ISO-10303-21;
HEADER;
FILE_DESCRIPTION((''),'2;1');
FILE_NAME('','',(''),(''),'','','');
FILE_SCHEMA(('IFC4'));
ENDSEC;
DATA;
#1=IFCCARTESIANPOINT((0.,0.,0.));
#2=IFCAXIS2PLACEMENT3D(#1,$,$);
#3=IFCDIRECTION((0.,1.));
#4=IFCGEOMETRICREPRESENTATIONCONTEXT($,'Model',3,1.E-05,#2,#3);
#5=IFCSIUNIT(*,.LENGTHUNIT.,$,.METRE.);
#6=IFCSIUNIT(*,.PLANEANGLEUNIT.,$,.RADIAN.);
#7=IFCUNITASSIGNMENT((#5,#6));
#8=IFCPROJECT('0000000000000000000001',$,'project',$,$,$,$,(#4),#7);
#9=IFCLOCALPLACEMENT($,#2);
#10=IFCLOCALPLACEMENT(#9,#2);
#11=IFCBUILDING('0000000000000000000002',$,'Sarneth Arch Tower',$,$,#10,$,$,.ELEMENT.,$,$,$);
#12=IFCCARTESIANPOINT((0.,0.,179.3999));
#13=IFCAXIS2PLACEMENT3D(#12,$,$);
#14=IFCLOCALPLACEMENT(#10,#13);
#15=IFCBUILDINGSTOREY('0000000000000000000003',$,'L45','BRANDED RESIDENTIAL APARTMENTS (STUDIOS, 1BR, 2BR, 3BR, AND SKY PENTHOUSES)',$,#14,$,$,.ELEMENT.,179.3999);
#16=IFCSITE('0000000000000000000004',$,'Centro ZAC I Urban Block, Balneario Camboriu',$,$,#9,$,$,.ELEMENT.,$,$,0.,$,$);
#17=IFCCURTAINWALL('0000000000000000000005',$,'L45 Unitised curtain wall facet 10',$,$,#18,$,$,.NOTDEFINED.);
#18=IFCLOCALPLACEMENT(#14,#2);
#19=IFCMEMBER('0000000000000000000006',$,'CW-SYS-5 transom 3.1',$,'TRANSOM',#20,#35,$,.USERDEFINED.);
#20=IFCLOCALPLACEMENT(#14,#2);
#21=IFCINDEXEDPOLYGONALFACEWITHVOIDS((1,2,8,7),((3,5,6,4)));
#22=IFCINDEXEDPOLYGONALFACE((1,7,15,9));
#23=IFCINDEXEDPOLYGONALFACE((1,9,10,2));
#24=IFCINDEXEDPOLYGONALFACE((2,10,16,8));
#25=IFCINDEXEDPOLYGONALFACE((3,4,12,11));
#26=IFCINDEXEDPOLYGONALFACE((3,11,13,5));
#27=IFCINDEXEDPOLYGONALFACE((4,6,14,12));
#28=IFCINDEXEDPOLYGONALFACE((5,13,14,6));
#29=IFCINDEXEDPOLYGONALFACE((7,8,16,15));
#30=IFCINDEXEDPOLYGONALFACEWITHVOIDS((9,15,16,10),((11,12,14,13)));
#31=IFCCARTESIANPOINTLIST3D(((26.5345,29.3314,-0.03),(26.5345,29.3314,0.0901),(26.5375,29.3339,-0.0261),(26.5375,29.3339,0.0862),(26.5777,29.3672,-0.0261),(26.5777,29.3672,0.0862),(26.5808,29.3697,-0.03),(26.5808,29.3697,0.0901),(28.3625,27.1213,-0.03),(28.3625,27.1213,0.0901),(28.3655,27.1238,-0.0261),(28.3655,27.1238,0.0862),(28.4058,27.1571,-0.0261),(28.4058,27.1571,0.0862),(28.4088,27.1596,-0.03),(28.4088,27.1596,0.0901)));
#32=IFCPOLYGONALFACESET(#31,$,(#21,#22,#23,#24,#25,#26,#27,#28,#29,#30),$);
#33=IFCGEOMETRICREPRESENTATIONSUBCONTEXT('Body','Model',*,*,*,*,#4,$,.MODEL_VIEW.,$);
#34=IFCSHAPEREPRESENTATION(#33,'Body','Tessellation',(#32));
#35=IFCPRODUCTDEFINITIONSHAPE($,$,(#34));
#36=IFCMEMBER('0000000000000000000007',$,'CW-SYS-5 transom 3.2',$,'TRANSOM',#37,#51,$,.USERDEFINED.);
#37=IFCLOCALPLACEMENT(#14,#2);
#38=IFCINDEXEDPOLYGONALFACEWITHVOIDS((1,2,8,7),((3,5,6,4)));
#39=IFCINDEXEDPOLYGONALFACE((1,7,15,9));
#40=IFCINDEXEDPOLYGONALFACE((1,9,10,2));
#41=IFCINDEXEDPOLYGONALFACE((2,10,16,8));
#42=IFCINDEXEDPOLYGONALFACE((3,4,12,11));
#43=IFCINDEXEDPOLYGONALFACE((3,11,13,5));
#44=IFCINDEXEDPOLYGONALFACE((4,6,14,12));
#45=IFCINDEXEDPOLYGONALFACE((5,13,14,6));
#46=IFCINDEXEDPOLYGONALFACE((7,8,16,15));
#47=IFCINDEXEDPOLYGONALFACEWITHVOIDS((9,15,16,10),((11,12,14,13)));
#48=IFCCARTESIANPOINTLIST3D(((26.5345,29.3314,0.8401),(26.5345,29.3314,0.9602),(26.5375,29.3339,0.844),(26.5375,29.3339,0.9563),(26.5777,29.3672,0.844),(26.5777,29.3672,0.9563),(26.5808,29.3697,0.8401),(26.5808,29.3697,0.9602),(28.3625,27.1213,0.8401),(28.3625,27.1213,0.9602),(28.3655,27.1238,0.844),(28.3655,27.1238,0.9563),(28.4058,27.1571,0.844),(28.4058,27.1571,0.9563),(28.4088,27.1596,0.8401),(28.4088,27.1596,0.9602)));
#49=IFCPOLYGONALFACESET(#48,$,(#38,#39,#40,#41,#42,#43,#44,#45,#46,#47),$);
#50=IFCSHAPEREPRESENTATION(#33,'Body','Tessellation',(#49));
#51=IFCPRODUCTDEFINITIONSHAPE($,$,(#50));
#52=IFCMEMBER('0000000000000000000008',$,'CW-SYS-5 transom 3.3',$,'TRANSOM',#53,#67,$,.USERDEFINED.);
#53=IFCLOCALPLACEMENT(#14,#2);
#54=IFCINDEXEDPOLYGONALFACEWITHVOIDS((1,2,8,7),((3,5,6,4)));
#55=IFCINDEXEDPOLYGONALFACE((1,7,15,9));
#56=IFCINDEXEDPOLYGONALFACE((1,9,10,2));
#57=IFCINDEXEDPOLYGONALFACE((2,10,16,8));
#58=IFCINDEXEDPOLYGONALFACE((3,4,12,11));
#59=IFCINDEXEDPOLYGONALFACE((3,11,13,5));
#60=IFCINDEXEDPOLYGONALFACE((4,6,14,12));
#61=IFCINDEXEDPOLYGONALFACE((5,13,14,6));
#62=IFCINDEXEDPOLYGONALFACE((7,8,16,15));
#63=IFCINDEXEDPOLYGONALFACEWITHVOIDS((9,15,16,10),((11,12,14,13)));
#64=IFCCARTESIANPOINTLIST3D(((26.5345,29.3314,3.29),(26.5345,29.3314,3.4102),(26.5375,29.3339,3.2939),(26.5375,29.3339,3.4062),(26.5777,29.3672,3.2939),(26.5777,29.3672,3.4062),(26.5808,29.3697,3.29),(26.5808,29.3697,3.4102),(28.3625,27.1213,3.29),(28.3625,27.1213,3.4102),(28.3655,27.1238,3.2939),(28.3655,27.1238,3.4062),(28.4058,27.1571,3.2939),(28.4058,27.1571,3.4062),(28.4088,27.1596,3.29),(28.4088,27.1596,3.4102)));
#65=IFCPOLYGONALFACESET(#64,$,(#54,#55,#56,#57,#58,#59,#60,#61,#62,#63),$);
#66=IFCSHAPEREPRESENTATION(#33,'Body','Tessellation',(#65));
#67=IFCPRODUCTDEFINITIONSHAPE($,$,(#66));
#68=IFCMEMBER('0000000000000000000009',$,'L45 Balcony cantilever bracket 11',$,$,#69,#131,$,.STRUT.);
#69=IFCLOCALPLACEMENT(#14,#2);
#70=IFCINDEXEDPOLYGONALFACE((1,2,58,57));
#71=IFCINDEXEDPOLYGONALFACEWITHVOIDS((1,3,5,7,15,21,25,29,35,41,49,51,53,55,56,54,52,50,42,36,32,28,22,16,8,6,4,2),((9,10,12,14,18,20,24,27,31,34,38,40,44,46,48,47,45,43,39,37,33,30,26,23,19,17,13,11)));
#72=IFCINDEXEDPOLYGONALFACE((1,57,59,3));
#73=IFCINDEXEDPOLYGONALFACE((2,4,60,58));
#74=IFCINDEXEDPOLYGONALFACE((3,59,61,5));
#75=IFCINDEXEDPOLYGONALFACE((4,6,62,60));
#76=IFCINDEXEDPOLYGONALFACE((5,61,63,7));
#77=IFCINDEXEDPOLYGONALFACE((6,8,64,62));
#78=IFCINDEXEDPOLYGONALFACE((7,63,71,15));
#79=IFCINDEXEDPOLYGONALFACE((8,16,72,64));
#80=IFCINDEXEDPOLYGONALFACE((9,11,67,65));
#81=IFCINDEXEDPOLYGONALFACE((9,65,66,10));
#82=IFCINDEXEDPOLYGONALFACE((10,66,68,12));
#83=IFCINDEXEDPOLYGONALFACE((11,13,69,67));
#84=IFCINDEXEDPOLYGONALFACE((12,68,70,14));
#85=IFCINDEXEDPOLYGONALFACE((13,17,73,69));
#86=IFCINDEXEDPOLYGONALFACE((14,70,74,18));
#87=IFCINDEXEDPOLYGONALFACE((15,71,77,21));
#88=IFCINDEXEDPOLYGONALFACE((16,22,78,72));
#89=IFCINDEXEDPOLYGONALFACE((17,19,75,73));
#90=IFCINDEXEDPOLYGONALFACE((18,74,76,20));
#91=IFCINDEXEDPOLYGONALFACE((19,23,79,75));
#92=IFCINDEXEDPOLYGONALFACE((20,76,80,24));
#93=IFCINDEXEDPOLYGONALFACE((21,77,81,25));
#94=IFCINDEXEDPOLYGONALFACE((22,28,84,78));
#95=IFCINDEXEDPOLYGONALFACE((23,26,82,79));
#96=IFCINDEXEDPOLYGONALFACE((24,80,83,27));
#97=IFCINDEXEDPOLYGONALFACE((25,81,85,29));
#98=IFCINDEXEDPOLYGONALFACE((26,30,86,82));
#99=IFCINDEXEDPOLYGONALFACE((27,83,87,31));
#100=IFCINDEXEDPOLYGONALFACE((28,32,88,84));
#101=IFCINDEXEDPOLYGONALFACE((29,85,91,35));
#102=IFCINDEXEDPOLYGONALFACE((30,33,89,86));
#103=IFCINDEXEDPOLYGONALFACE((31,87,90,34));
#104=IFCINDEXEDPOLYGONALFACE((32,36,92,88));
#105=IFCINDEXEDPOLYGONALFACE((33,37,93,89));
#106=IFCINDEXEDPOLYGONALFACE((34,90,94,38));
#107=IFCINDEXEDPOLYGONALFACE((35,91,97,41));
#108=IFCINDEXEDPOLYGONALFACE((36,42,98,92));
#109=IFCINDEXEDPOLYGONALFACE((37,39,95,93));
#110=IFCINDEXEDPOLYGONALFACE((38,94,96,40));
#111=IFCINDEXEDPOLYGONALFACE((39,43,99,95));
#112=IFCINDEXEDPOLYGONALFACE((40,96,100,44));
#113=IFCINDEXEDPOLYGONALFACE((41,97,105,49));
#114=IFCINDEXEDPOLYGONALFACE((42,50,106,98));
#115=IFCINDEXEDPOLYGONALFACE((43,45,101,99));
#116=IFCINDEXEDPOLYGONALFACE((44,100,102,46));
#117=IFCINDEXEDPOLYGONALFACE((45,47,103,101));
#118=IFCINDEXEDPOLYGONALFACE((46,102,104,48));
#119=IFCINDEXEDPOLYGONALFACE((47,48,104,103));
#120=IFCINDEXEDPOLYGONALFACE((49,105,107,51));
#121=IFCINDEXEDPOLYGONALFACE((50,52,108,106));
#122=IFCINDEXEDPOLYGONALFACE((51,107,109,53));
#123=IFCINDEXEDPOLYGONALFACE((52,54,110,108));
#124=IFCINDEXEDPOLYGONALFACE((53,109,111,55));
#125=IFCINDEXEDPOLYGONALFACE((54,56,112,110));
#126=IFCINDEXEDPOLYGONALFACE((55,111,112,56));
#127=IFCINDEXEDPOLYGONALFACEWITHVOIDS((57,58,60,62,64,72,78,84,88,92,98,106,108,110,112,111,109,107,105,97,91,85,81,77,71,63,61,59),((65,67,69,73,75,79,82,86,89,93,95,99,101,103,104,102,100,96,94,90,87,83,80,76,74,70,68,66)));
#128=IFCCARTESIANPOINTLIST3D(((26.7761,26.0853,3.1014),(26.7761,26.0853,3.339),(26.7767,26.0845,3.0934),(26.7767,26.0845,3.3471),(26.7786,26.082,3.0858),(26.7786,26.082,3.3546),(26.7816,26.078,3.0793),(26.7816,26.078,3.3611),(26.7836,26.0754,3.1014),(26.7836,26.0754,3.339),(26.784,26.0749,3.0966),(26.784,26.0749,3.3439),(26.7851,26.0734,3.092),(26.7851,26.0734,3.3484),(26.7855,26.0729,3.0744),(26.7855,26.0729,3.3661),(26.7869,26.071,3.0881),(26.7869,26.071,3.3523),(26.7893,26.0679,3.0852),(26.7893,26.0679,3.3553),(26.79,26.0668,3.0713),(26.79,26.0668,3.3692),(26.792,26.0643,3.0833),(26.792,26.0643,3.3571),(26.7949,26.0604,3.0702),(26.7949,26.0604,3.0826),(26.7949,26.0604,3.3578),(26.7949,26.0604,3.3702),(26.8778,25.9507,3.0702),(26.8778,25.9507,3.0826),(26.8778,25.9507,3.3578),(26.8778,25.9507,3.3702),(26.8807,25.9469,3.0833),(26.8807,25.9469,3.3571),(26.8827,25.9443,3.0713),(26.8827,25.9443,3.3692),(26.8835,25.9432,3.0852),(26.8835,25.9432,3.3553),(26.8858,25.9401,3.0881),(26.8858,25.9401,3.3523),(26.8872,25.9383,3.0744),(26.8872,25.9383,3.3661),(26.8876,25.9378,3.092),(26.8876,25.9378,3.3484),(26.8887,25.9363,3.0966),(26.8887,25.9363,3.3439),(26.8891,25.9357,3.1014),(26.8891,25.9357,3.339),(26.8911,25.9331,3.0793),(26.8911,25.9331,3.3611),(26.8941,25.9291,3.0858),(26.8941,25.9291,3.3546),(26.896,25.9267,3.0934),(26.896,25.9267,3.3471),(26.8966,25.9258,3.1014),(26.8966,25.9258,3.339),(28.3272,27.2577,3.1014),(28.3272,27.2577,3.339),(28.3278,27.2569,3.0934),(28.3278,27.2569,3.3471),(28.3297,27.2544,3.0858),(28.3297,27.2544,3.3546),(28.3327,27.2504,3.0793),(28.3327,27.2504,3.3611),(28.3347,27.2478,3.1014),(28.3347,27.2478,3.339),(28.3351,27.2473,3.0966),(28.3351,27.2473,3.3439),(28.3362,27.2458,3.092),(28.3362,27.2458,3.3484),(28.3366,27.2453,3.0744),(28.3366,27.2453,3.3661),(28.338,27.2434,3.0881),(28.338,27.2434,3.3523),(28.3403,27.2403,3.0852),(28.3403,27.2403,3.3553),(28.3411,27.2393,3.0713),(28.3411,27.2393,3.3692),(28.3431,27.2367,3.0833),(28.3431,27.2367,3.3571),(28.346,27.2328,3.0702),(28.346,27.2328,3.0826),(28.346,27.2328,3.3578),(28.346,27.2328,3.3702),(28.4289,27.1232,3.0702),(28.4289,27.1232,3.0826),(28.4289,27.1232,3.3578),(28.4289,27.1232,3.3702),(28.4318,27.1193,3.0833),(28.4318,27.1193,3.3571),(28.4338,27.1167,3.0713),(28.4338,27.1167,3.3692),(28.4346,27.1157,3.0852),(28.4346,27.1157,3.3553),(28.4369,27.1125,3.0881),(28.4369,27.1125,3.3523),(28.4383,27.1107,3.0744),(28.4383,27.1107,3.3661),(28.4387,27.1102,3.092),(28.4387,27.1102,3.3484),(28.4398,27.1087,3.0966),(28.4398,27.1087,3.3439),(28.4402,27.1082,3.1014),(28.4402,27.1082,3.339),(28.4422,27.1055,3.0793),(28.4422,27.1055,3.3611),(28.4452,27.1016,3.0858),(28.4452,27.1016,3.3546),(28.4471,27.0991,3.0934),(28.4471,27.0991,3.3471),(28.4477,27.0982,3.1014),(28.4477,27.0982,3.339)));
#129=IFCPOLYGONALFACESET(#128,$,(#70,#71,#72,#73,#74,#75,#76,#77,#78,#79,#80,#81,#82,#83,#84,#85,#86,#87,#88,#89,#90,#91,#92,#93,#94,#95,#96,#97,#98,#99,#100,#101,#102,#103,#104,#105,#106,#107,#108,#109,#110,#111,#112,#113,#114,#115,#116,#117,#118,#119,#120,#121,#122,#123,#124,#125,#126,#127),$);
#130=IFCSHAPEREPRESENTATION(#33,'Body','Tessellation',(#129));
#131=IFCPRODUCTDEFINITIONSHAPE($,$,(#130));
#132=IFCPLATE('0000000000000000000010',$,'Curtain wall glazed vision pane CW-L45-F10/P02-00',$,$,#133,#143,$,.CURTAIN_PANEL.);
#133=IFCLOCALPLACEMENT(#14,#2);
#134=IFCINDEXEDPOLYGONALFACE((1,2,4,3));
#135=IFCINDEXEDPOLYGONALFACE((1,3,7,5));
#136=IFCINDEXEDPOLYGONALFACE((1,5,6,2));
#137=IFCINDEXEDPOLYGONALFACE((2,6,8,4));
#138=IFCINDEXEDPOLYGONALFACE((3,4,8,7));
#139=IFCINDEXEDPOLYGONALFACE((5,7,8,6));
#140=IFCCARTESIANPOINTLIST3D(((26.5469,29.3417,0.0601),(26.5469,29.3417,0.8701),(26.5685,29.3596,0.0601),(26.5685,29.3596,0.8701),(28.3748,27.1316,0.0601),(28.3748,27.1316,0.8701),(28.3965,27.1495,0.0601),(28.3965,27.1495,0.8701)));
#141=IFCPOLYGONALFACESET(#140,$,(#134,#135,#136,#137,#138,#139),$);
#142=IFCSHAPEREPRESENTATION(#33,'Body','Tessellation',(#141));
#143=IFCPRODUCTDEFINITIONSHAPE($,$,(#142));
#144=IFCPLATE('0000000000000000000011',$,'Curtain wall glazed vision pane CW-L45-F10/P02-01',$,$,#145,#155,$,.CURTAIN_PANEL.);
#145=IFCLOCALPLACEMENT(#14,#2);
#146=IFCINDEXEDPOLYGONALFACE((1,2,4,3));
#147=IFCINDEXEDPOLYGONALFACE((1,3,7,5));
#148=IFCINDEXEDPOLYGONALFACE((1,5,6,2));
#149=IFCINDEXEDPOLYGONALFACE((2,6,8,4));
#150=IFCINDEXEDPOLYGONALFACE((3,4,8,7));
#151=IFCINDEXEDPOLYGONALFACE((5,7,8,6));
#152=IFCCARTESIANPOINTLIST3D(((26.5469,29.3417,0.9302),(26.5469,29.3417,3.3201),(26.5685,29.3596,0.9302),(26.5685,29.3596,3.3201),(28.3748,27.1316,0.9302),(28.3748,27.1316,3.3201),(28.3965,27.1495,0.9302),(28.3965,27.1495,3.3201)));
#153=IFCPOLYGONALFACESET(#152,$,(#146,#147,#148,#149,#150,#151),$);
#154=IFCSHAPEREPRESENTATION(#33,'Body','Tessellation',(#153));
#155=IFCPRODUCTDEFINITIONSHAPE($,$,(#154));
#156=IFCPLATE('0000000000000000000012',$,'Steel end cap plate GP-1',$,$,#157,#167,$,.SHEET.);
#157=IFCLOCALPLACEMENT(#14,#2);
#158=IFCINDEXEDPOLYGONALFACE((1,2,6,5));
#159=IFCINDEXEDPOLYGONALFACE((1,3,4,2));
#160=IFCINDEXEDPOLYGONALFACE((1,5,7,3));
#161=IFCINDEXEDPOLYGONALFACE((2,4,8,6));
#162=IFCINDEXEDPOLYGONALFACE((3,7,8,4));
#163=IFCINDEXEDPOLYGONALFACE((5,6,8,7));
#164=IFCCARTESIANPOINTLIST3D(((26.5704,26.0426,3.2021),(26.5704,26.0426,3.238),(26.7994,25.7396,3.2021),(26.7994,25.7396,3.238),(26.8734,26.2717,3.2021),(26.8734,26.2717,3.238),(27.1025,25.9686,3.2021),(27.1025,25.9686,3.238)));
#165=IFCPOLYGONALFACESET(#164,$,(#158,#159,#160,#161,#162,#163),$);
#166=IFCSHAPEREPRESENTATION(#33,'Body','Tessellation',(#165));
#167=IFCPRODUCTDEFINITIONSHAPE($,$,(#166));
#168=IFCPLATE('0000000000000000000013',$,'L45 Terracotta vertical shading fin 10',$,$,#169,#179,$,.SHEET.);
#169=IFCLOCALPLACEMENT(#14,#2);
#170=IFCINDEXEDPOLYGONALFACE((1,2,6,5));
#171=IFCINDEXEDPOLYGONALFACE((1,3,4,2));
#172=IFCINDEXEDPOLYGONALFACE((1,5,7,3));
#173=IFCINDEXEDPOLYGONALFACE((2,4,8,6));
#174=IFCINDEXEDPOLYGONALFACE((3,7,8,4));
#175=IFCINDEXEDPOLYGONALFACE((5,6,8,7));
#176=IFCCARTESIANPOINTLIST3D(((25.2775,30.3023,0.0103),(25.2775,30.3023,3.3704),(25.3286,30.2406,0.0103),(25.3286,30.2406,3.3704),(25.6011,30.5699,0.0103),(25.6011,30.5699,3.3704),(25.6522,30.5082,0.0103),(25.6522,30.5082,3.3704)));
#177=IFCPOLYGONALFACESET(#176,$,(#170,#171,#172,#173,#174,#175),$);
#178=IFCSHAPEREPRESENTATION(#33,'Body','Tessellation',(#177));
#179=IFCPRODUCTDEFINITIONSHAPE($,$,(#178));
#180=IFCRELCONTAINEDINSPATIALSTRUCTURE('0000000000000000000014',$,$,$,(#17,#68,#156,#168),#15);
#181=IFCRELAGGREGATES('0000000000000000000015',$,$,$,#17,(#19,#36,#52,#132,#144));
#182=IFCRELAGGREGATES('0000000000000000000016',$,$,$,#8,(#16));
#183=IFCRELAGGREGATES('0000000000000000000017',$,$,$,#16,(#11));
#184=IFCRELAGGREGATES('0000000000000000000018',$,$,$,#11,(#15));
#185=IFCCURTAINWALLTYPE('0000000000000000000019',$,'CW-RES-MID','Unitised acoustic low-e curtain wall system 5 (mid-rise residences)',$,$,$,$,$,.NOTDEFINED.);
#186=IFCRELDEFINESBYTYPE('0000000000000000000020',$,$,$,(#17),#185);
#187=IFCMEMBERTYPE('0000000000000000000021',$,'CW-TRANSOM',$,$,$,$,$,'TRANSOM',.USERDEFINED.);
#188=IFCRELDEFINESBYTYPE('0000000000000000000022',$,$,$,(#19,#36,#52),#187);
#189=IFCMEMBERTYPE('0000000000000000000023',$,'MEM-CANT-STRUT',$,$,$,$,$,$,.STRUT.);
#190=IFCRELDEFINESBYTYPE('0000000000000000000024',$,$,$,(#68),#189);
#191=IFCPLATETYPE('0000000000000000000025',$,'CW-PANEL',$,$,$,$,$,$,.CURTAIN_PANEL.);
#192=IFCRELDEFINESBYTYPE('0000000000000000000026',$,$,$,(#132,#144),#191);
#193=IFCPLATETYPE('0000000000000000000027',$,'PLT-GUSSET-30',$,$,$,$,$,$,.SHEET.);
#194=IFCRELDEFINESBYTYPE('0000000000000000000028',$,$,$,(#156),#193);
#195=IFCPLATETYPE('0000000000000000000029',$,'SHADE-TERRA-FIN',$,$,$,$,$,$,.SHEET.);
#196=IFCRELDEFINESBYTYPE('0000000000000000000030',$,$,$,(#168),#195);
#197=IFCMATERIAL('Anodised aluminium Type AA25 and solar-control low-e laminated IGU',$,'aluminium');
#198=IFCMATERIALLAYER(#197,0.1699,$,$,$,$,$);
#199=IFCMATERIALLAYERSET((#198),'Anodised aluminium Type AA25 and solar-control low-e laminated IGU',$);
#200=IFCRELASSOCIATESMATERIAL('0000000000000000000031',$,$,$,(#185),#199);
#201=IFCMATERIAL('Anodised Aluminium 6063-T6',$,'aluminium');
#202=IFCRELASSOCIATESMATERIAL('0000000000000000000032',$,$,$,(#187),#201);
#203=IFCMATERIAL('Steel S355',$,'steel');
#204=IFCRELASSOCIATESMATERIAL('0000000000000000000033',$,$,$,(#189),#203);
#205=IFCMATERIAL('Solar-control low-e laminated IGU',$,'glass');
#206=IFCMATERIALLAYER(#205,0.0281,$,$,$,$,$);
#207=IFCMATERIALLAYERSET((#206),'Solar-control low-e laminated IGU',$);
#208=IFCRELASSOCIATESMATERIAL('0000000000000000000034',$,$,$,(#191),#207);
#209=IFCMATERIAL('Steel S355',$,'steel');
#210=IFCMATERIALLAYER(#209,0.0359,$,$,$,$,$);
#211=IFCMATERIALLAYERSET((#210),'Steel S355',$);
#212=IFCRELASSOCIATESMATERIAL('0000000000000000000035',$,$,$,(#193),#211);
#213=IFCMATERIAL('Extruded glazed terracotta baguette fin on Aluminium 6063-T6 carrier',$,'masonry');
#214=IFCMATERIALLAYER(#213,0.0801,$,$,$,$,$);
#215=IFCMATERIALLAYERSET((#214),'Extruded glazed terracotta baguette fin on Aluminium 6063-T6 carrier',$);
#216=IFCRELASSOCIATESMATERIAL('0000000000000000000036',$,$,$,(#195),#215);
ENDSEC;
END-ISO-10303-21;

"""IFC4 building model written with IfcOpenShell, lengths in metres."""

from ifc_helpers import new_model, si_unit, direction, frame, origin, origin_2d, place, context, subcontext, project, spatial, rectangle, hollow_rectangle, extrude, material, layer, layer_set, material_profile, profile_set, type_object, element, aggregate, save


model = new_model("IFC4")

# Units and contexts
model_context = context("Model", 3, precision=1e-05, world=origin(), true_north=direction((0.0, 1.0)))
body_context = subcontext(model_context, "Body", "Model", "MODEL_VIEW")
ifc_project = project(units=[si_unit("LENGTHUNIT", "METRE"), si_unit("PLANEANGLEUNIT", "RADIAN")], contexts=[model_context])

# Site, building, storey
site_placement = place(None, origin())
site = spatial("IfcSite", under=ifc_project, at=site_placement, Name="Centro ZAC I Urban Block, Balneario Camboriu", CompositionType="ELEMENT", RefElevation=0.0)
building_placement = place(site_placement, origin())
building = spatial("IfcBuilding", under=site, at=building_placement, Name="Sarneth Arch Tower", CompositionType="ELEMENT")
storey_placement = place(building_placement, frame((0.0, 0.0, 179.3999)))
storey = spatial("IfcBuildingStorey", under=building, at=storey_placement, Name="L45", Description="BRANDED RESIDENTIAL APARTMENTS (STUDIOS, 1BR, 2BR, 3BR, AND SKY PENTHOUSES)", CompositionType="ELEMENT", Elevation=179.3999)

# Curtain wall, members
ifc_material_1 = material(Name="Anodised aluminium Type AA25 and solar-control low-e laminated IGU", Category="aluminium")
ifc_layer_1 = layer(ifc_material_1, 0.1699)
ifc_layer_set_1 = layer_set([ifc_layer_1], Name="Anodised aluminium Type AA25 and solar-control low-e laminated IGU")
curtain_wall_type = type_object("IfcCurtainWallType", Name="CW-RES-MID", Description="Unitised acoustic low-e curtain wall system 5 (mid-rise residences)", PredefinedType="NOTDEFINED", material=ifc_layer_set_1)
curtain_wall_placement = place(storey_placement, origin())
curtain_wall = element("IfcCurtainWall", 1, at=curtain_wall_placement, inside=storey, type_object=curtain_wall_type, Name="L45 Unitised curtain wall facet 10", PredefinedType="NOTDEFINED")
ifc_material_2 = material(Name="Anodised Aluminium 6063-T6", Category="aluminium")
ifc_material_profile_1 = material_profile(ifc_material_2, hollow_rectangle(XDim=0.0601, YDim=0.1201, WallThickness=0.0039, at=origin_2d()), Name="AL-TRAN-120x60x4")
ifc_profile_set_1 = profile_set([ifc_material_profile_1], Name="Anodised Aluminium 6063-T6")
member_type_1 = type_object("IfcMemberType", Name="CW-TRANSOM", ElementType="TRANSOM", PredefinedType="USERDEFINED", material=ifc_profile_set_1)
member_1_placement = place(storey_placement, frame((26.5576, 29.3506, 0.03), z_axis=(0.637359, -0.770567, 0.0), x_axis=(0.770567, 0.637359, 0.0)))
member_1 = element("IfcMember", 2, at=member_1_placement, type_object=member_type_1, Name="CW-SYS-5 transom 3.1", ObjectType="TRANSOM", PredefinedType="USERDEFINED", context=body_context, shape_type="SweptSolid", body=[
    extrude(hollow_rectangle(XDim=0.0601, YDim=0.1201, WallThickness=0.0039, at=origin_2d()), origin(), (0.0, 0.0, 1.0), 2.8682),
])
member_2_placement = place(storey_placement, frame((26.5576, 29.3506, 0.9001), z_axis=(0.637359, -0.770567, 0.0), x_axis=(0.770567, 0.637359, 0.0)))
member_2 = element("IfcMember", 3, at=member_2_placement, type_object=member_type_1, Name="CW-SYS-5 transom 3.2", ObjectType="TRANSOM", PredefinedType="USERDEFINED", context=body_context, shape_type="SweptSolid", body=[
    extrude(hollow_rectangle(XDim=0.0601, YDim=0.1201, WallThickness=0.0039, at=origin_2d()), origin(), (0.0, 0.0, 1.0), 2.8682),
])
member_3_placement = place(storey_placement, frame((26.5576, 29.3506, 3.3501), z_axis=(0.637359, -0.770567, 0.0), x_axis=(0.770567, 0.637359, 0.0)))
member_3 = element("IfcMember", 4, at=member_3_placement, type_object=member_type_1, Name="CW-SYS-5 transom 3.3", ObjectType="TRANSOM", PredefinedType="USERDEFINED", context=body_context, shape_type="SweptSolid", body=[
    extrude(hollow_rectangle(XDim=0.0601, YDim=0.1201, WallThickness=0.0039, at=origin_2d()), origin(), (0.0, 0.0, 1.0), 2.8682),
])

# Member
ifc_material_3 = material(Name="Steel S355", Category="steel")
ifc_material_profile_2 = material_profile(ifc_material_3, hollow_rectangle(XDim=0.2, YDim=0.3, WallThickness=0.0125, InnerFilletRadius=0.0188, OuterFilletRadius=0.0312, at=origin_2d()), Name="RHS300x200x12.5")
ifc_profile_set_2 = profile_set([ifc_material_profile_2], Name="Steel S355")
member_type_2 = type_object("IfcMemberType", Name="MEM-CANT-STRUT", PredefinedType="STRUT", material=ifc_profile_set_2)
member_4_placement = place(storey_placement, frame((28.3875, 27.178, 3.2202), z_axis=(-0.797749, -0.602989, 0.0), x_axis=(0.602989, -0.797749, 0.0)))
element("IfcMember", 5, at=member_4_placement, inside=storey, type_object=member_type_2, Name="L45 Balcony cantilever bracket 11", PredefinedType="STRUT", context=body_context, shape_type="SweptSolid", body=[
    extrude(hollow_rectangle(XDim=0.2, YDim=0.3, WallThickness=0.0125, InnerFilletRadius=0.0188, OuterFilletRadius=0.0312, at=origin_2d()), origin(), (0.0, 0.0, 1.0), 1.9443),
])

# Plates
ifc_material_4 = material(Name="Solar-control low-e laminated IGU", Category="glass")
ifc_layer_2 = layer(ifc_material_4, 0.0281)
ifc_layer_set_2 = layer_set([ifc_layer_2], Name="Solar-control low-e laminated IGU")
plate_type_1 = type_object("IfcPlateType", Name="CW-PANEL", PredefinedType="CURTAIN_PANEL", material=ifc_layer_set_2)
plate_1_placement = place(storey_placement, frame((27.4717, 28.2456, 0.0601), z_axis=(0.0, 0.0, 1.0), x_axis=(0.63733, -0.770591, 0.0)))
plate_1 = element("IfcPlate", 6, at=plate_1_placement, type_object=plate_type_1, Name="Curtain wall glazed vision pane CW-L45-F10/P02-00", PredefinedType="CURTAIN_PANEL", context=body_context, shape_type="SweptSolid", body=[
    extrude(rectangle(XDim=2.8682, YDim=0.0281, at=origin_2d()), origin(), (0.0, 0.0, 1.0), 0.8101),
])
plate_2_placement = place(storey_placement, frame((27.4717, 28.2456, 0.9302), z_axis=(0.0, 0.0, 1.0), x_axis=(0.63733, -0.770591, 0.0)))
plate_2 = element("IfcPlate", 7, at=plate_2_placement, type_object=plate_type_1, Name="Curtain wall glazed vision pane CW-L45-F10/P02-01", PredefinedType="CURTAIN_PANEL", context=body_context, shape_type="SweptSolid", body=[
    extrude(rectangle(XDim=2.8682, YDim=0.0281, at=origin_2d()), origin(), (0.0, 0.0, 1.0), 2.3899),
])
aggregate(curtain_wall, [member_1, member_2, member_3, plate_1, plate_2])

# Plates
ifc_material_5 = material(Name="Steel S355", Category="steel")
ifc_layer_3 = layer(ifc_material_5, 0.0359)
ifc_layer_set_3 = layer_set([ifc_layer_3], Name="Steel S355")
plate_type_2 = type_object("IfcPlateType", Name="PLT-GUSSET-30", PredefinedType="SHEET", material=ifc_layer_set_3)
plate_3_placement = place(storey_placement, frame((26.8364, 26.0056, 3.2021), z_axis=(0.0, 0.0, 1.0), x_axis=(-0.797794, -0.60293, 0.0)))
element("IfcPlate", 8, at=plate_3_placement, inside=storey, type_object=plate_type_2, Name="Steel end cap plate GP-1", PredefinedType="SHEET", context=body_context, shape_type="SweptSolid", body=[
    extrude(rectangle(XDim=0.3799, YDim=0.3799, at=origin_2d()), origin(), (0.0, 0.0, 1.0), 0.0359),
])
ifc_material_6 = material(Name="Extruded glazed terracotta baguette fin on Aluminium 6063-T6 carrier", Category="masonry")
ifc_layer_4 = layer(ifc_material_6, 0.0801)
ifc_layer_set_4 = layer_set([ifc_layer_4], Name="Extruded glazed terracotta baguette fin on Aluminium 6063-T6 carrier")
plate_type_3 = type_object("IfcPlateType", Name="SHADE-TERRA-FIN", PredefinedType="SHEET", material=ifc_layer_set_4)
plate_4_placement = place(storey_placement, frame((25.4648, 30.4053, 0.0103), z_axis=(0.0, 0.0, 1.0), x_axis=(-0.770624, -0.63729, 0.0)))
element("IfcPlate", 9, at=plate_4_placement, inside=storey, type_object=plate_type_3, Name="L45 Terracotta vertical shading fin 10", PredefinedType="SHEET", context=body_context, shape_type="SweptSolid", body=[
    extrude(rectangle(XDim=0.4199, YDim=0.0801, at=origin_2d()), origin(), (0.0, 0.0, 1.0), 3.3601),
])

save(model, "model.ifc")
